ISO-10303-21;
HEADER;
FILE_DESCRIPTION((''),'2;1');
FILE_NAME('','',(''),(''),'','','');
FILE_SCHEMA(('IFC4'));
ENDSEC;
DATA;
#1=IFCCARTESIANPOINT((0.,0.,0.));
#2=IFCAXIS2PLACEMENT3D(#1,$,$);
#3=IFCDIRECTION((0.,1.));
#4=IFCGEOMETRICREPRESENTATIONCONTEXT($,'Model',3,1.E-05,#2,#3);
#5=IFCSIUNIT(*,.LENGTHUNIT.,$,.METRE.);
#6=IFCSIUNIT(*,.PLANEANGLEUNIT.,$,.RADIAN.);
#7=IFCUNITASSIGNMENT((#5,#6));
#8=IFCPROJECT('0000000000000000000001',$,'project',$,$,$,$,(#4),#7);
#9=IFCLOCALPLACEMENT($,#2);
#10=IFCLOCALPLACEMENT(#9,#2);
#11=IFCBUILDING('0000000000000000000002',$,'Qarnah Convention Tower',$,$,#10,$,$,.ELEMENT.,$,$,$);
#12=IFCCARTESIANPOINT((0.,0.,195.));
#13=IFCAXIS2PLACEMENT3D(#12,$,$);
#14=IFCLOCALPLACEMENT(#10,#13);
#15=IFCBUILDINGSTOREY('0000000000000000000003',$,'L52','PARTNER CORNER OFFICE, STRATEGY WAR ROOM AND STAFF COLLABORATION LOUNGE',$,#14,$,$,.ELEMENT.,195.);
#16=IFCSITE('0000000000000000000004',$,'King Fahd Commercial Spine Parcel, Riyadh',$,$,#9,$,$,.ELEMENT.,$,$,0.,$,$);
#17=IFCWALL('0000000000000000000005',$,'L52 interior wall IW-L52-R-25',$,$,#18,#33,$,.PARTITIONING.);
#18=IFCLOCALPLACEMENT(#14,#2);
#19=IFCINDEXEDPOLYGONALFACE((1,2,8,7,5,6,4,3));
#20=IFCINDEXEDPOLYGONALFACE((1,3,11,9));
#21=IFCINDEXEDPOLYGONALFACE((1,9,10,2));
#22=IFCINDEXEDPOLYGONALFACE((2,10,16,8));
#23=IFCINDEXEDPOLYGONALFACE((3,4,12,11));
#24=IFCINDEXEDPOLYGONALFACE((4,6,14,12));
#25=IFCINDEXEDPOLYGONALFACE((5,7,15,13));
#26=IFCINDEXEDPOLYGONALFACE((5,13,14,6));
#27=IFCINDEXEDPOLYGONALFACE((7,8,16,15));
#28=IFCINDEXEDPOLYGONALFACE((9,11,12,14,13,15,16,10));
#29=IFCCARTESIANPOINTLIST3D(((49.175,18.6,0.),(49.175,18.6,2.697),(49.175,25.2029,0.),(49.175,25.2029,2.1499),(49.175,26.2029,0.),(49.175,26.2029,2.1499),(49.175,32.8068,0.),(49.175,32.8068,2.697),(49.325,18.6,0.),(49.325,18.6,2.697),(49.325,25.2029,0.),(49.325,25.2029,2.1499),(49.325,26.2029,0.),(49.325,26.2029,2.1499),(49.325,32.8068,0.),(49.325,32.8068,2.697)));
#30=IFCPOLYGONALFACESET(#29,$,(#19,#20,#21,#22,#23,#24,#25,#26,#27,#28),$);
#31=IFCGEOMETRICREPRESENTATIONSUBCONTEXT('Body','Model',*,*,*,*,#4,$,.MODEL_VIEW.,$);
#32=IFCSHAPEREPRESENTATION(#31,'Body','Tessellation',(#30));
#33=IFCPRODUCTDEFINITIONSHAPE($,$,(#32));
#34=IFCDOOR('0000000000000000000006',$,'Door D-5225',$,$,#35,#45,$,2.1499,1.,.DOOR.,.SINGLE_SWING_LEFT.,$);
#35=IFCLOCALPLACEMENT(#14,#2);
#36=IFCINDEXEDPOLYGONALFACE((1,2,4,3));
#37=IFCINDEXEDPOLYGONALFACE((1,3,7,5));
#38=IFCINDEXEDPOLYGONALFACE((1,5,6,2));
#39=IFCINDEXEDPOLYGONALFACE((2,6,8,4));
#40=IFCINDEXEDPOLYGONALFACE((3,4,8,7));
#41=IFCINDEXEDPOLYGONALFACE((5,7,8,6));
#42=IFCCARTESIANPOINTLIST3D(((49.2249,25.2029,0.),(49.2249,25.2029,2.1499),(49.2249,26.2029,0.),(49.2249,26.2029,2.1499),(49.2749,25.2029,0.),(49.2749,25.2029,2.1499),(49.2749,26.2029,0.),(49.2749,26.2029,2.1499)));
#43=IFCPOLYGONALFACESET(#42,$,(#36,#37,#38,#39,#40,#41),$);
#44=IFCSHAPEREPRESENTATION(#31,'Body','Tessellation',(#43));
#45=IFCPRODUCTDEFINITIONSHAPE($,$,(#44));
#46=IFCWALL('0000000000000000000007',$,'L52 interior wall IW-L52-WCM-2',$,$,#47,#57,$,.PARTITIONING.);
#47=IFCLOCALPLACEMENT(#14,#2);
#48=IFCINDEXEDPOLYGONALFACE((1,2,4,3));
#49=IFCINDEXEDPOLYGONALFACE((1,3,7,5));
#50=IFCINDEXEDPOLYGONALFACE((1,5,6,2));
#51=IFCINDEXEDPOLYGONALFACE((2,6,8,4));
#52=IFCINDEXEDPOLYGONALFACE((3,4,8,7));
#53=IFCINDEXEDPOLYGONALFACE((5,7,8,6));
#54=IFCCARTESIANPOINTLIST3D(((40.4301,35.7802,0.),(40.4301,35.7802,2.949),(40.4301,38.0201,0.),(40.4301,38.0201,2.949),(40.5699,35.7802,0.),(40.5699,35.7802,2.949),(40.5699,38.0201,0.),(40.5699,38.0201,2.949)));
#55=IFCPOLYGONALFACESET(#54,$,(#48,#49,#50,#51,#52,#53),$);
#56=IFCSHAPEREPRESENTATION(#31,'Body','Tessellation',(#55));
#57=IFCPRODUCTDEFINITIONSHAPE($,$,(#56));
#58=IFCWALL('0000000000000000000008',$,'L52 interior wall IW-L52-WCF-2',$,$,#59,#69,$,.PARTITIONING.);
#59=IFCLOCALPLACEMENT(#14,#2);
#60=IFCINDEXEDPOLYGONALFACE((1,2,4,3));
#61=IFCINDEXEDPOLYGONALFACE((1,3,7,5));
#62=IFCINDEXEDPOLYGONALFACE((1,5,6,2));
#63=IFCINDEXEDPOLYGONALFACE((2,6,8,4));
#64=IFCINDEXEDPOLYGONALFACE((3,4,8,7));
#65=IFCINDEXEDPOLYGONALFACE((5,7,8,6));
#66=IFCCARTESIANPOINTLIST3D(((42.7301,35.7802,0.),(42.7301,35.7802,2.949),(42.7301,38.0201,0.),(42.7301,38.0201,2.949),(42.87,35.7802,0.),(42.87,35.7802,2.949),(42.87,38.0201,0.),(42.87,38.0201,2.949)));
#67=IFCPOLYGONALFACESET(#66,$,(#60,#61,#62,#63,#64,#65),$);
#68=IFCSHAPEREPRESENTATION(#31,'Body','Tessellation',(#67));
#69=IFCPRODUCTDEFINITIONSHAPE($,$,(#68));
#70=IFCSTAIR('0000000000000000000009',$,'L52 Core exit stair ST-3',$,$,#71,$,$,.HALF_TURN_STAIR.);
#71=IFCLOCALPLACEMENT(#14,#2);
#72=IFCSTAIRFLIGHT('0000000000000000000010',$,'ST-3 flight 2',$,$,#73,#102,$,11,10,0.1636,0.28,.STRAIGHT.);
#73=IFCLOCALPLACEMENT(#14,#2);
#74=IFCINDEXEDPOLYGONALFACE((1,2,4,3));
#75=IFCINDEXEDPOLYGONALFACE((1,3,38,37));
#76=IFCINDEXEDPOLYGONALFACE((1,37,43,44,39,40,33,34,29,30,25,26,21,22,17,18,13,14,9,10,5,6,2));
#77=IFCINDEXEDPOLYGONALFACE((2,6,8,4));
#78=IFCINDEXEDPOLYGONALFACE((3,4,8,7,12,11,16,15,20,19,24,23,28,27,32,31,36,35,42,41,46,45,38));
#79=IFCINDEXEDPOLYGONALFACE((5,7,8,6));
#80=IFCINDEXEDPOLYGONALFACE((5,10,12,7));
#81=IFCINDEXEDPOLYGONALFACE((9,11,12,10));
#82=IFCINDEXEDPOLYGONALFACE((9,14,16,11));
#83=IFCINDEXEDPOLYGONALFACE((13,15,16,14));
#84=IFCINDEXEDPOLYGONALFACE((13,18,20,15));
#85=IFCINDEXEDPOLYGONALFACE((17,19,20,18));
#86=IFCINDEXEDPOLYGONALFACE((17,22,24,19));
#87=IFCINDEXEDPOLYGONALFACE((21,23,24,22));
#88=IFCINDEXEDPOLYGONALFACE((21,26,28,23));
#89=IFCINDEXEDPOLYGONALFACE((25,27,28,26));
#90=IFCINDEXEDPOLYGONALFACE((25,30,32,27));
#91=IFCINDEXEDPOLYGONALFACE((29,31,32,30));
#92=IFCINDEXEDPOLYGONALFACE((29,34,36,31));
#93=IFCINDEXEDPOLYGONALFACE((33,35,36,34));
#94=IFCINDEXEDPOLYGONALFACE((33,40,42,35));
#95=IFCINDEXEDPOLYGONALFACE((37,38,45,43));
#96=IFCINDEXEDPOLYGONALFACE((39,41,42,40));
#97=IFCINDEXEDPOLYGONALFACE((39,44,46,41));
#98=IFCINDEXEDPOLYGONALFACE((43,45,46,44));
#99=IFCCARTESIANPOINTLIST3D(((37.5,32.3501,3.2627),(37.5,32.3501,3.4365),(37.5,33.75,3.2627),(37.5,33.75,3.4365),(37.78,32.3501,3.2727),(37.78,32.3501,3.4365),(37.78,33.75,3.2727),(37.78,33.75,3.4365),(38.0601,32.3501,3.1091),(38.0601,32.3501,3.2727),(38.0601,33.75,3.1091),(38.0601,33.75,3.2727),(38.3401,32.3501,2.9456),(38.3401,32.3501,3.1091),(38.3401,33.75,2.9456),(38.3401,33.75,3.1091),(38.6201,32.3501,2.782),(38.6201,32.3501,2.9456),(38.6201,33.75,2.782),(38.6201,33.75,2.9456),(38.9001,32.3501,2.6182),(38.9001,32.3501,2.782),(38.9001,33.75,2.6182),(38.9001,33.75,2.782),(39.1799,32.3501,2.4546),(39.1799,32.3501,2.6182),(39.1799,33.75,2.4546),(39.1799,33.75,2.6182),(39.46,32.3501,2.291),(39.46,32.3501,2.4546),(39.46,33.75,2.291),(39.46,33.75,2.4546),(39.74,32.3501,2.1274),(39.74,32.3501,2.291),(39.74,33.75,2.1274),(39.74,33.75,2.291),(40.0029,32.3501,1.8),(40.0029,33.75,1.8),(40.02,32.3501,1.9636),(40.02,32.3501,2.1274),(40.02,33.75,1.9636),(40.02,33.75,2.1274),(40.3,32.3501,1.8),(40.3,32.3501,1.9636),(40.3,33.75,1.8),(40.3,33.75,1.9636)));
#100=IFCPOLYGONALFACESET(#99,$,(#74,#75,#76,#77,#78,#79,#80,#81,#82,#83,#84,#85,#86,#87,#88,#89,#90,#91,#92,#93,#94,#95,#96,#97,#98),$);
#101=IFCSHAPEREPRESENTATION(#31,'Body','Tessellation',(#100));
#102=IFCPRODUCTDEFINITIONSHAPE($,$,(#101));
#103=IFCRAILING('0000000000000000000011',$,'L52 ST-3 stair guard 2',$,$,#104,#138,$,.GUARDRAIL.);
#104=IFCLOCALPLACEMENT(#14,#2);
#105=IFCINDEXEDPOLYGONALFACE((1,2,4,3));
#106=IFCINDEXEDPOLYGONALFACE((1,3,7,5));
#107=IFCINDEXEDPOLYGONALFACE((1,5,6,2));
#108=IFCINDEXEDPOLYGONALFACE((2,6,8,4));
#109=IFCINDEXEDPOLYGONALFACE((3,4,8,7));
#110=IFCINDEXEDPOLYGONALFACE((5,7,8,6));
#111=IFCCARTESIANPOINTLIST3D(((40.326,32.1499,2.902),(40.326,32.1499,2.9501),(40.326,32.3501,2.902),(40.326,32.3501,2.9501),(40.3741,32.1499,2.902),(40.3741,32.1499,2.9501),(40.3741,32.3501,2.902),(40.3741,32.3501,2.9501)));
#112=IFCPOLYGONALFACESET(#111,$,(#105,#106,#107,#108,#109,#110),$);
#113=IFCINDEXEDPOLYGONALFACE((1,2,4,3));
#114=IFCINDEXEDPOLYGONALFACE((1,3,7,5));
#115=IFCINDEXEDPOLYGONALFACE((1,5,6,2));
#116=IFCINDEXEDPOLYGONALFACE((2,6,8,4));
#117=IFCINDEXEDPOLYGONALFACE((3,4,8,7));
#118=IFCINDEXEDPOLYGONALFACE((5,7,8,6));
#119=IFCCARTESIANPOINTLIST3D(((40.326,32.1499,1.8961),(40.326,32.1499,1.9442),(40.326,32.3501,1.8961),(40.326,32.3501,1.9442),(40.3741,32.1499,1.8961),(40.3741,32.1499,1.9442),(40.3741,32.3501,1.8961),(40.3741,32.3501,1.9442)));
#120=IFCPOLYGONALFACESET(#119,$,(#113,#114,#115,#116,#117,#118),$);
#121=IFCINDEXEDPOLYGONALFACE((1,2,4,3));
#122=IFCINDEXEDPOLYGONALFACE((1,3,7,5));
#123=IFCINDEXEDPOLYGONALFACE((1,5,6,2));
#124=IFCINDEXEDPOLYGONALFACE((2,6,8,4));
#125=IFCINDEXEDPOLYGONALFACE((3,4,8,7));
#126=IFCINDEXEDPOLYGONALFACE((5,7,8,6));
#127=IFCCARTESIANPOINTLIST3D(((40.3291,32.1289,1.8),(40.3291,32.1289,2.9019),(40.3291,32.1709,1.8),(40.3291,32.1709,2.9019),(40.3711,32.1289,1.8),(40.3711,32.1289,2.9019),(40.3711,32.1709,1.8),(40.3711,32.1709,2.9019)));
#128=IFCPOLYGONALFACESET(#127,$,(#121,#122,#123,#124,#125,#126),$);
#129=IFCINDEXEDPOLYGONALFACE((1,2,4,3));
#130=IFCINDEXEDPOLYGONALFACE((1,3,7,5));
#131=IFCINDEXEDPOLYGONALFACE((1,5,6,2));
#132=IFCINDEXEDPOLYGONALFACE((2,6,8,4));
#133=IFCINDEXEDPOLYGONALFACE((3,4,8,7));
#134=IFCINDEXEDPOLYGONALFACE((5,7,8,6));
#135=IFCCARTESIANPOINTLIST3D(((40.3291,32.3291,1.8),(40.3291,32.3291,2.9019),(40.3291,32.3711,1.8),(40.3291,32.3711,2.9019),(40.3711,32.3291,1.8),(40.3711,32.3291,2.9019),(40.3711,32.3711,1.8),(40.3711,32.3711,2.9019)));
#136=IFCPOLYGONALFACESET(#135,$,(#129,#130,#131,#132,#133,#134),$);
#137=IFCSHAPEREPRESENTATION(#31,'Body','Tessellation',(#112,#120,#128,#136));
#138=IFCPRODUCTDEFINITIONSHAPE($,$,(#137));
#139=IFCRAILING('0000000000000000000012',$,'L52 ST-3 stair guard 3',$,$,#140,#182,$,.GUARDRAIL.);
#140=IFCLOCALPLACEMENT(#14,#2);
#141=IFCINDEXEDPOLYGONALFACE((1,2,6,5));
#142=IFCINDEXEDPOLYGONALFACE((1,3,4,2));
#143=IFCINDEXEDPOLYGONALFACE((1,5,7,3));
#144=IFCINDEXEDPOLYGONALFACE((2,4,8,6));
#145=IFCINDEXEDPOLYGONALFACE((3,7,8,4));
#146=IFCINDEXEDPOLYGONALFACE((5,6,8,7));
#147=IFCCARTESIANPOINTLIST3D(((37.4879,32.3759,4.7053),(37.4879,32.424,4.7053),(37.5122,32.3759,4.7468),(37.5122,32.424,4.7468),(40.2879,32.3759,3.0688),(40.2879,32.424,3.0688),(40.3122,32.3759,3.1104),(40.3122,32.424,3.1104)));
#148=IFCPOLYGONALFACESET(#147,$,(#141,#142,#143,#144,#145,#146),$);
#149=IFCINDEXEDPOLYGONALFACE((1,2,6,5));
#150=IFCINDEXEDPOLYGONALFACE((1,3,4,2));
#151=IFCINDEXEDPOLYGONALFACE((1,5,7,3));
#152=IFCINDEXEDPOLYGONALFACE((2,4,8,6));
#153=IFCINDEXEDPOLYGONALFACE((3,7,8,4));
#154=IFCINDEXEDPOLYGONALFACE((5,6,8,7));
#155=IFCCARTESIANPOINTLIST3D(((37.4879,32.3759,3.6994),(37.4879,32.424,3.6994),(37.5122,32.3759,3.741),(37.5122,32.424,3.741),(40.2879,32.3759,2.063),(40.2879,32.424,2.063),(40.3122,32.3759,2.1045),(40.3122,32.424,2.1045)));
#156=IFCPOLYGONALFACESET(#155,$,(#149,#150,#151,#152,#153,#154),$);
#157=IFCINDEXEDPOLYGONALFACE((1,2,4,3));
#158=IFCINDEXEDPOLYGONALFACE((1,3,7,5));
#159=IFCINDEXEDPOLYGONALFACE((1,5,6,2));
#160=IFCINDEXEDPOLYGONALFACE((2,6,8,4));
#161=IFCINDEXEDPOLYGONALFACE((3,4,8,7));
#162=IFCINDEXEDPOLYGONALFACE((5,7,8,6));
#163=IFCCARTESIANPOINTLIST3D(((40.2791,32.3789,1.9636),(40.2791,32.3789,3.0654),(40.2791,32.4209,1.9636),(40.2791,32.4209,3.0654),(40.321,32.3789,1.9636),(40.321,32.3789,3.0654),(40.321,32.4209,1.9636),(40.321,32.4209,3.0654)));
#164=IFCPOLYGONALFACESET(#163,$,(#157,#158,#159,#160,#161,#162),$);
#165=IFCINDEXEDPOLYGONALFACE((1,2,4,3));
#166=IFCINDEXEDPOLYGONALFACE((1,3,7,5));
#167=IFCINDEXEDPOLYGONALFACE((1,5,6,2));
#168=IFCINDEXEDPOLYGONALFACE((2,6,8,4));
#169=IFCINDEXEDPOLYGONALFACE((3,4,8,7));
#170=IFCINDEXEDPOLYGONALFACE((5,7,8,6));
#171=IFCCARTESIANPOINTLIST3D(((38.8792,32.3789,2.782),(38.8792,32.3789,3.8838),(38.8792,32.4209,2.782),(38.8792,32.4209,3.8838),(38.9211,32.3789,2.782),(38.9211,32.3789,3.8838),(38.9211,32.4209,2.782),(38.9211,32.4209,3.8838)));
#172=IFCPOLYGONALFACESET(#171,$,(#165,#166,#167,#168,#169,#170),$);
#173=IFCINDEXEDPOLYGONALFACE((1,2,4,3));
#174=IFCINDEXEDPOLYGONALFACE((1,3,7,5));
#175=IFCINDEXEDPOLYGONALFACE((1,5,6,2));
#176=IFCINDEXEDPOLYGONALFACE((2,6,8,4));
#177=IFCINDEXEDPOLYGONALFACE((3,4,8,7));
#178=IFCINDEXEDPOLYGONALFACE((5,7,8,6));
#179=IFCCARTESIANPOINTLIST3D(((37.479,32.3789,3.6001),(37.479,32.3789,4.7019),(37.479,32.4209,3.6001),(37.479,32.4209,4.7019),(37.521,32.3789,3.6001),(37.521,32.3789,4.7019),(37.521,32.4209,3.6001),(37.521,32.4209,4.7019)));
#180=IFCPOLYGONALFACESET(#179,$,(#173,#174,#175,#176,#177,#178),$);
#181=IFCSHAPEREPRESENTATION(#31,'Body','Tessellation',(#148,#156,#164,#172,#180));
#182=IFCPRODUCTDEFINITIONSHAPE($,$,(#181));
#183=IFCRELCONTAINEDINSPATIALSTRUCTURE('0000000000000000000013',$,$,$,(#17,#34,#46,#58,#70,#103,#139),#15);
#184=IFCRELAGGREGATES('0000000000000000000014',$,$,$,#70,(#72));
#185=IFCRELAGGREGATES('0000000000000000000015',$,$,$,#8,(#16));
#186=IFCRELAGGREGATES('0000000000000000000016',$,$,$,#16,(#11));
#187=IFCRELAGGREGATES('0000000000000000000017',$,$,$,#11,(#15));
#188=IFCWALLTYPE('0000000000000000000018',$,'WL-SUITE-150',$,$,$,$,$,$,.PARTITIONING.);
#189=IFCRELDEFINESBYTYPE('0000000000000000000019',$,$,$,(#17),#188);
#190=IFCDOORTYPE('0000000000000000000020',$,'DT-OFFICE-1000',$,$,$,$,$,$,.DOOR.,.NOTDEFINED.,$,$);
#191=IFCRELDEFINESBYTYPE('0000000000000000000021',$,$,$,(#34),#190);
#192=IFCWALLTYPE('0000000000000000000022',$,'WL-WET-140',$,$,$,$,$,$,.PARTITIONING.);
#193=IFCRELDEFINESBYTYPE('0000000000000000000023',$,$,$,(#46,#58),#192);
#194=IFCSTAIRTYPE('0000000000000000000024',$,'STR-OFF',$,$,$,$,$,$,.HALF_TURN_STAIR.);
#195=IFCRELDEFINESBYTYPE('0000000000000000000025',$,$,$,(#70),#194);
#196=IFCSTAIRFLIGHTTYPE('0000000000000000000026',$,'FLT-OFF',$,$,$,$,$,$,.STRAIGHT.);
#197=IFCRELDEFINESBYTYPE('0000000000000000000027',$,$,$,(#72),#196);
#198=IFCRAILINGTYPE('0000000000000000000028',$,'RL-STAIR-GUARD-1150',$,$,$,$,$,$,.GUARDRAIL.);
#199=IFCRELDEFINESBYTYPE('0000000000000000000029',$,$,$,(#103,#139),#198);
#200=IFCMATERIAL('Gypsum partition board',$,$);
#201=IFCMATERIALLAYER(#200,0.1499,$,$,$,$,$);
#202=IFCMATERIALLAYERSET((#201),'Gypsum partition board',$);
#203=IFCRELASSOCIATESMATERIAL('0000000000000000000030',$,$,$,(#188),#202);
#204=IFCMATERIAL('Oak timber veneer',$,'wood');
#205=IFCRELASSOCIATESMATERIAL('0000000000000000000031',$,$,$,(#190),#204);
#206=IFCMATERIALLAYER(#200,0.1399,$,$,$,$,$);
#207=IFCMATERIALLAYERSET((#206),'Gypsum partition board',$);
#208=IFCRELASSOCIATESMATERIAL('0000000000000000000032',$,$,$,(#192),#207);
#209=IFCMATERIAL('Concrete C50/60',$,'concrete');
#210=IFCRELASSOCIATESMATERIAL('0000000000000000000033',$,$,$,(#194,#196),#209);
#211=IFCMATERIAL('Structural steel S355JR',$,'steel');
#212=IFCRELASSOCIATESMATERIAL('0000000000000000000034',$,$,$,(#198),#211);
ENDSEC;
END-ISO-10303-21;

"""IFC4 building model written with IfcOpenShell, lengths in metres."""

from ifc_helpers import new_model, si_unit, direction, frame, frame_2d, origin, origin_2d, place, context, subcontext, project, spatial, polyline, rectangle, outline, extrude, material, layer, layer_set, type_object, element, fill, aggregate, save


model = new_model("IFC4")

# Units and contexts
model_context = context("Model", 3, precision=1e-05, world=origin(), true_north=direction((0.0, 1.0)))
body_context = subcontext(model_context, "Body", "Model", "MODEL_VIEW")
ifc_project = project(units=[si_unit("LENGTHUNIT", "METRE"), si_unit("PLANEANGLEUNIT", "RADIAN")], contexts=[model_context])

# Site, building, storey
site_placement = place(None, origin())
site = spatial("IfcSite", under=ifc_project, at=site_placement, Name="King Fahd Commercial Spine Parcel, Riyadh", CompositionType="ELEMENT", RefElevation=0.0)
building_placement = place(site_placement, origin())
building = spatial("IfcBuilding", under=site, at=building_placement, Name="Qarnah Convention Tower", CompositionType="ELEMENT")
storey_placement = place(building_placement, frame((0.0, 0.0, 195.0)))
storey = spatial("IfcBuildingStorey", under=building, at=storey_placement, Name="L52", Description="PARTNER CORNER OFFICE, STRATEGY WAR ROOM AND STAFF COLLABORATION LOUNGE", CompositionType="ELEMENT", Elevation=195.0)

# Shared definitions
ifc_material_1 = material(Name="Concrete C50/60", Category="concrete")

# Shared definitions
ifc_material_2 = material(Name="Structural steel S355JR", Category="steel")

# Shared definitions
ifc_material_3 = material(Name="Gypsum partition board")
ifc_layer_1 = layer(ifc_material_3, 0.1499)
ifc_layer_set_1 = layer_set([ifc_layer_1], Name="Gypsum partition board")
wall_type_1 = type_object("IfcWallType", Name="WL-SUITE-150", PredefinedType="PARTITIONING", material=ifc_layer_set_1)

# Wall, opening, door
wall_1_placement = place(storey_placement, frame((49.25, 32.8069, 0.0), z_axis=(0.0, 0.0, 1.0), x_axis=(0.0, -1.0, 0.0)))
wall_1 = element("IfcWall", 1, at=wall_1_placement, inside=storey, type_object=wall_type_1, Name="L52 interior wall IW-L52-R-25", PredefinedType="PARTITIONING", context=body_context, shape_type="SweptSolid", body=[
    extrude(rectangle(XDim=14.2068, YDim=0.1499, at=frame_2d((7.1035, 0.0))), origin(), (0.0, 0.0, 1.0), 2.697),
])
opening_1_placement = place(wall_1_placement, frame((6.604, 0.0, 0.0)))
opening_1 = element("IfcOpeningElement", 2, at=opening_1_placement, cuts=wall_1, PredefinedType="OPENING", context=body_context, shape_type="SweptSolid", body=[
    extrude(rectangle(XDim=1.0, YDim=2.1499, at=frame_2d((0.5, 1.075))), frame((0.0, 0.085, 0.0), z_axis=(0.0, -1.0, 0.0), x_axis=(1.0, 0.0, 0.0)), (0.0, 0.0, 1.0), 0.1699),
])
ifc_material_4 = material(Name="Oak timber veneer", Category="wood")
door_type_1 = type_object("IfcDoorType", Name="DT-OFFICE-1000", OperationType="NOTDEFINED", PredefinedType="DOOR", material=ifc_material_4)
door_1_placement = place(opening_1_placement, origin())
door_1 = element("IfcDoor", 3, at=door_1_placement, inside=storey, type_object=door_type_1, Name="Door D-5225", OperationType="SINGLE_SWING_LEFT", OverallHeight=2.1499, OverallWidth=1.0, PredefinedType="DOOR", context=body_context, shape_type="SweptSolid", body=[
    extrude(rectangle(XDim=1.0, YDim=2.1499, at=frame_2d((0.5, 1.075))), frame((0.0, 0.0249, 0.0), z_axis=(0.0, -1.0, 0.0), x_axis=(1.0, 0.0, 0.0)), (0.0, 0.0, 1.0), 0.05),
])
fill(opening_1, door_1)

# Walls
ifc_layer_2 = layer(ifc_material_3, 0.1399)
ifc_layer_set_2 = layer_set([ifc_layer_2], Name="Gypsum partition board")
wall_type_2 = type_object("IfcWallType", Name="WL-WET-140", PredefinedType="PARTITIONING", material=ifc_layer_set_2)
for number, where, z_axis, x_axis, name in (
    (4, (40.5, 35.78, 0.0), (0.0, 0.0, 1.0), (0.0, 1.0, 0.0), "L52 interior wall IW-L52-WCM-2"),
    (5, (42.8, 35.78, 0.0), (0.0, 0.0, 1.0), (0.0, 1.0, 0.0), "L52 interior wall IW-L52-WCF-2"),
):
    element("IfcWall", number, at=place(storey_placement, frame(where, z_axis=z_axis, x_axis=x_axis)), inside=storey, type_object=wall_type_2, Name=name, PredefinedType="PARTITIONING", context=body_context, shape_type="SweptSolid", body=[
        extrude(rectangle(XDim=2.24, YDim=0.1399, at=frame_2d((1.1201, 0.0))), origin(), (0.0, 0.0, 1.0), 2.949),
    ])

# Stair, stair flight
stair_type = type_object("IfcStairType", Name="STR-OFF", PredefinedType="HALF_TURN_STAIR", material=ifc_material_1)
stair_placement = place(storey_placement, origin())
stair = element("IfcStair", 6, at=stair_placement, inside=storey, type_object=stair_type, Name="L52 Core exit stair ST-3", PredefinedType="HALF_TURN_STAIR")
stair_flight_type = type_object("IfcStairFlightType", Name="FLT-OFF", PredefinedType="STRAIGHT", material=ifc_material_1)
stair_flight_placement = place(storey_placement, frame((40.3, 33.05, 1.8), z_axis=(0.0, 0.0, 1.0), x_axis=(-1.0, 0.0, 0.0)))
stair_flight = element("IfcStairFlight", 7, at=stair_flight_placement, type_object=stair_flight_type, Name="ST-3 flight 2", NumberOfRisers=11, NumberOfTreads=10, PredefinedType="STRAIGHT", RiserHeight=0.1636, TreadLength=0.28, context=body_context, shape_type="SweptSolid", body=[
    extrude(outline(polyline([(0.0, 0.0), (0.0, 0.1636), (0.28, 0.1636), (0.28, 0.3274), (0.5601, 0.3274), (0.5601, 0.491), (0.8401, 0.491), (0.8401, 0.6545), (1.1201, 0.6545), (1.1201, 0.8181), (1.3999, 0.8181), (1.3999, 0.9819), (1.6799, 0.9819), (1.6799, 1.1455), (1.96, 1.1455), (1.96, 1.3091), (2.24, 1.3091), (2.24, 1.4727), (2.52, 1.4727), (2.52, 1.6365), (2.8, 1.6365), (2.8, 1.8), (2.8, 1.4626), (0.2971, 0.0), (0.0, 0.0)])), frame((0.0, 0.7, 0.0), z_axis=(0.0, -1.0, 0.0), x_axis=(1.0, 0.0, 0.0)), (0.0, 0.0, 1.0), 1.3999),
])
aggregate(stair, [stair_flight])

# Railings
railing_type_1 = type_object("IfcRailingType", Name="RL-STAIR-GUARD-1150", PredefinedType="GUARDRAIL", material=ifc_material_2)
railing_1_placement = place(storey_placement, frame((40.3501, 32.1499, 1.8)))
element("IfcRailing", 8, at=railing_1_placement, inside=storey, type_object=railing_type_1, Name="L52 ST-3 stair guard 2", PredefinedType="GUARDRAIL", context=body_context, shape_type="SweptSolid", body=[
    extrude(rectangle(XDim=0.0481, YDim=0.0481, at=origin_2d()), frame((0.0, 0.0, 1.126), z_axis=(0.0, 1.0, 0.0), x_axis=(-1.0, 0.0, 0.0)), (0.0, 0.0, 1.0), 0.2002),
    extrude(rectangle(XDim=0.0481, YDim=0.0481, at=origin_2d()), frame((0.0, 0.0, 0.1201), z_axis=(0.0, 1.0, 0.0), x_axis=(-1.0, 0.0, 0.0)), (0.0, 0.0, 1.0), 0.2002),
    extrude(rectangle(XDim=0.042, YDim=0.042, at=origin_2d()), origin(), (0.0, 0.0, 1.0), 1.1018),
    extrude(rectangle(XDim=0.042, YDim=0.042, at=origin_2d()), frame((0.0, 0.2002, 0.0)), (0.0, 0.0, 1.0), 1.1018),
])
railing_2_placement = place(storey_placement, frame((40.3, 32.3999, 1.9636)))
element("IfcRailing", 9, at=railing_2_placement, inside=storey, type_object=railing_type_1, Name="L52 ST-3 stair guard 3", PredefinedType="GUARDRAIL", context=body_context, shape_type="SweptSolid", body=[
    extrude(rectangle(XDim=0.0481, YDim=0.0481, at=origin_2d()), frame((0.0, 0.0, 1.126), z_axis=(-0.863361, 0.0, 0.504587), x_axis=(0.0, -1.0, 0.0)), (0.0, 0.0, 1.0), 3.2432),
    extrude(rectangle(XDim=0.0481, YDim=0.0481, at=origin_2d()), frame((0.0, 0.0, 0.1201), z_axis=(-0.863361, 0.0, 0.504587), x_axis=(0.0, -1.0, 0.0)), (0.0, 0.0, 1.0), 3.2432),
    extrude(rectangle(XDim=0.042, YDim=0.042, at=origin_2d()), origin(), (0.0, 0.0, 1.0), 1.1018),
    extrude(rectangle(XDim=0.042, YDim=0.042, at=origin_2d()), frame((-1.3999, 0.0, 0.8184)), (0.0, 0.0, 1.0), 1.1018),
    extrude(rectangle(XDim=0.042, YDim=0.042, at=origin_2d()), frame((-2.8, 0.0, 1.6365)), (0.0, 0.0, 1.0), 1.1018),
])

save(model, "model.ifc")
